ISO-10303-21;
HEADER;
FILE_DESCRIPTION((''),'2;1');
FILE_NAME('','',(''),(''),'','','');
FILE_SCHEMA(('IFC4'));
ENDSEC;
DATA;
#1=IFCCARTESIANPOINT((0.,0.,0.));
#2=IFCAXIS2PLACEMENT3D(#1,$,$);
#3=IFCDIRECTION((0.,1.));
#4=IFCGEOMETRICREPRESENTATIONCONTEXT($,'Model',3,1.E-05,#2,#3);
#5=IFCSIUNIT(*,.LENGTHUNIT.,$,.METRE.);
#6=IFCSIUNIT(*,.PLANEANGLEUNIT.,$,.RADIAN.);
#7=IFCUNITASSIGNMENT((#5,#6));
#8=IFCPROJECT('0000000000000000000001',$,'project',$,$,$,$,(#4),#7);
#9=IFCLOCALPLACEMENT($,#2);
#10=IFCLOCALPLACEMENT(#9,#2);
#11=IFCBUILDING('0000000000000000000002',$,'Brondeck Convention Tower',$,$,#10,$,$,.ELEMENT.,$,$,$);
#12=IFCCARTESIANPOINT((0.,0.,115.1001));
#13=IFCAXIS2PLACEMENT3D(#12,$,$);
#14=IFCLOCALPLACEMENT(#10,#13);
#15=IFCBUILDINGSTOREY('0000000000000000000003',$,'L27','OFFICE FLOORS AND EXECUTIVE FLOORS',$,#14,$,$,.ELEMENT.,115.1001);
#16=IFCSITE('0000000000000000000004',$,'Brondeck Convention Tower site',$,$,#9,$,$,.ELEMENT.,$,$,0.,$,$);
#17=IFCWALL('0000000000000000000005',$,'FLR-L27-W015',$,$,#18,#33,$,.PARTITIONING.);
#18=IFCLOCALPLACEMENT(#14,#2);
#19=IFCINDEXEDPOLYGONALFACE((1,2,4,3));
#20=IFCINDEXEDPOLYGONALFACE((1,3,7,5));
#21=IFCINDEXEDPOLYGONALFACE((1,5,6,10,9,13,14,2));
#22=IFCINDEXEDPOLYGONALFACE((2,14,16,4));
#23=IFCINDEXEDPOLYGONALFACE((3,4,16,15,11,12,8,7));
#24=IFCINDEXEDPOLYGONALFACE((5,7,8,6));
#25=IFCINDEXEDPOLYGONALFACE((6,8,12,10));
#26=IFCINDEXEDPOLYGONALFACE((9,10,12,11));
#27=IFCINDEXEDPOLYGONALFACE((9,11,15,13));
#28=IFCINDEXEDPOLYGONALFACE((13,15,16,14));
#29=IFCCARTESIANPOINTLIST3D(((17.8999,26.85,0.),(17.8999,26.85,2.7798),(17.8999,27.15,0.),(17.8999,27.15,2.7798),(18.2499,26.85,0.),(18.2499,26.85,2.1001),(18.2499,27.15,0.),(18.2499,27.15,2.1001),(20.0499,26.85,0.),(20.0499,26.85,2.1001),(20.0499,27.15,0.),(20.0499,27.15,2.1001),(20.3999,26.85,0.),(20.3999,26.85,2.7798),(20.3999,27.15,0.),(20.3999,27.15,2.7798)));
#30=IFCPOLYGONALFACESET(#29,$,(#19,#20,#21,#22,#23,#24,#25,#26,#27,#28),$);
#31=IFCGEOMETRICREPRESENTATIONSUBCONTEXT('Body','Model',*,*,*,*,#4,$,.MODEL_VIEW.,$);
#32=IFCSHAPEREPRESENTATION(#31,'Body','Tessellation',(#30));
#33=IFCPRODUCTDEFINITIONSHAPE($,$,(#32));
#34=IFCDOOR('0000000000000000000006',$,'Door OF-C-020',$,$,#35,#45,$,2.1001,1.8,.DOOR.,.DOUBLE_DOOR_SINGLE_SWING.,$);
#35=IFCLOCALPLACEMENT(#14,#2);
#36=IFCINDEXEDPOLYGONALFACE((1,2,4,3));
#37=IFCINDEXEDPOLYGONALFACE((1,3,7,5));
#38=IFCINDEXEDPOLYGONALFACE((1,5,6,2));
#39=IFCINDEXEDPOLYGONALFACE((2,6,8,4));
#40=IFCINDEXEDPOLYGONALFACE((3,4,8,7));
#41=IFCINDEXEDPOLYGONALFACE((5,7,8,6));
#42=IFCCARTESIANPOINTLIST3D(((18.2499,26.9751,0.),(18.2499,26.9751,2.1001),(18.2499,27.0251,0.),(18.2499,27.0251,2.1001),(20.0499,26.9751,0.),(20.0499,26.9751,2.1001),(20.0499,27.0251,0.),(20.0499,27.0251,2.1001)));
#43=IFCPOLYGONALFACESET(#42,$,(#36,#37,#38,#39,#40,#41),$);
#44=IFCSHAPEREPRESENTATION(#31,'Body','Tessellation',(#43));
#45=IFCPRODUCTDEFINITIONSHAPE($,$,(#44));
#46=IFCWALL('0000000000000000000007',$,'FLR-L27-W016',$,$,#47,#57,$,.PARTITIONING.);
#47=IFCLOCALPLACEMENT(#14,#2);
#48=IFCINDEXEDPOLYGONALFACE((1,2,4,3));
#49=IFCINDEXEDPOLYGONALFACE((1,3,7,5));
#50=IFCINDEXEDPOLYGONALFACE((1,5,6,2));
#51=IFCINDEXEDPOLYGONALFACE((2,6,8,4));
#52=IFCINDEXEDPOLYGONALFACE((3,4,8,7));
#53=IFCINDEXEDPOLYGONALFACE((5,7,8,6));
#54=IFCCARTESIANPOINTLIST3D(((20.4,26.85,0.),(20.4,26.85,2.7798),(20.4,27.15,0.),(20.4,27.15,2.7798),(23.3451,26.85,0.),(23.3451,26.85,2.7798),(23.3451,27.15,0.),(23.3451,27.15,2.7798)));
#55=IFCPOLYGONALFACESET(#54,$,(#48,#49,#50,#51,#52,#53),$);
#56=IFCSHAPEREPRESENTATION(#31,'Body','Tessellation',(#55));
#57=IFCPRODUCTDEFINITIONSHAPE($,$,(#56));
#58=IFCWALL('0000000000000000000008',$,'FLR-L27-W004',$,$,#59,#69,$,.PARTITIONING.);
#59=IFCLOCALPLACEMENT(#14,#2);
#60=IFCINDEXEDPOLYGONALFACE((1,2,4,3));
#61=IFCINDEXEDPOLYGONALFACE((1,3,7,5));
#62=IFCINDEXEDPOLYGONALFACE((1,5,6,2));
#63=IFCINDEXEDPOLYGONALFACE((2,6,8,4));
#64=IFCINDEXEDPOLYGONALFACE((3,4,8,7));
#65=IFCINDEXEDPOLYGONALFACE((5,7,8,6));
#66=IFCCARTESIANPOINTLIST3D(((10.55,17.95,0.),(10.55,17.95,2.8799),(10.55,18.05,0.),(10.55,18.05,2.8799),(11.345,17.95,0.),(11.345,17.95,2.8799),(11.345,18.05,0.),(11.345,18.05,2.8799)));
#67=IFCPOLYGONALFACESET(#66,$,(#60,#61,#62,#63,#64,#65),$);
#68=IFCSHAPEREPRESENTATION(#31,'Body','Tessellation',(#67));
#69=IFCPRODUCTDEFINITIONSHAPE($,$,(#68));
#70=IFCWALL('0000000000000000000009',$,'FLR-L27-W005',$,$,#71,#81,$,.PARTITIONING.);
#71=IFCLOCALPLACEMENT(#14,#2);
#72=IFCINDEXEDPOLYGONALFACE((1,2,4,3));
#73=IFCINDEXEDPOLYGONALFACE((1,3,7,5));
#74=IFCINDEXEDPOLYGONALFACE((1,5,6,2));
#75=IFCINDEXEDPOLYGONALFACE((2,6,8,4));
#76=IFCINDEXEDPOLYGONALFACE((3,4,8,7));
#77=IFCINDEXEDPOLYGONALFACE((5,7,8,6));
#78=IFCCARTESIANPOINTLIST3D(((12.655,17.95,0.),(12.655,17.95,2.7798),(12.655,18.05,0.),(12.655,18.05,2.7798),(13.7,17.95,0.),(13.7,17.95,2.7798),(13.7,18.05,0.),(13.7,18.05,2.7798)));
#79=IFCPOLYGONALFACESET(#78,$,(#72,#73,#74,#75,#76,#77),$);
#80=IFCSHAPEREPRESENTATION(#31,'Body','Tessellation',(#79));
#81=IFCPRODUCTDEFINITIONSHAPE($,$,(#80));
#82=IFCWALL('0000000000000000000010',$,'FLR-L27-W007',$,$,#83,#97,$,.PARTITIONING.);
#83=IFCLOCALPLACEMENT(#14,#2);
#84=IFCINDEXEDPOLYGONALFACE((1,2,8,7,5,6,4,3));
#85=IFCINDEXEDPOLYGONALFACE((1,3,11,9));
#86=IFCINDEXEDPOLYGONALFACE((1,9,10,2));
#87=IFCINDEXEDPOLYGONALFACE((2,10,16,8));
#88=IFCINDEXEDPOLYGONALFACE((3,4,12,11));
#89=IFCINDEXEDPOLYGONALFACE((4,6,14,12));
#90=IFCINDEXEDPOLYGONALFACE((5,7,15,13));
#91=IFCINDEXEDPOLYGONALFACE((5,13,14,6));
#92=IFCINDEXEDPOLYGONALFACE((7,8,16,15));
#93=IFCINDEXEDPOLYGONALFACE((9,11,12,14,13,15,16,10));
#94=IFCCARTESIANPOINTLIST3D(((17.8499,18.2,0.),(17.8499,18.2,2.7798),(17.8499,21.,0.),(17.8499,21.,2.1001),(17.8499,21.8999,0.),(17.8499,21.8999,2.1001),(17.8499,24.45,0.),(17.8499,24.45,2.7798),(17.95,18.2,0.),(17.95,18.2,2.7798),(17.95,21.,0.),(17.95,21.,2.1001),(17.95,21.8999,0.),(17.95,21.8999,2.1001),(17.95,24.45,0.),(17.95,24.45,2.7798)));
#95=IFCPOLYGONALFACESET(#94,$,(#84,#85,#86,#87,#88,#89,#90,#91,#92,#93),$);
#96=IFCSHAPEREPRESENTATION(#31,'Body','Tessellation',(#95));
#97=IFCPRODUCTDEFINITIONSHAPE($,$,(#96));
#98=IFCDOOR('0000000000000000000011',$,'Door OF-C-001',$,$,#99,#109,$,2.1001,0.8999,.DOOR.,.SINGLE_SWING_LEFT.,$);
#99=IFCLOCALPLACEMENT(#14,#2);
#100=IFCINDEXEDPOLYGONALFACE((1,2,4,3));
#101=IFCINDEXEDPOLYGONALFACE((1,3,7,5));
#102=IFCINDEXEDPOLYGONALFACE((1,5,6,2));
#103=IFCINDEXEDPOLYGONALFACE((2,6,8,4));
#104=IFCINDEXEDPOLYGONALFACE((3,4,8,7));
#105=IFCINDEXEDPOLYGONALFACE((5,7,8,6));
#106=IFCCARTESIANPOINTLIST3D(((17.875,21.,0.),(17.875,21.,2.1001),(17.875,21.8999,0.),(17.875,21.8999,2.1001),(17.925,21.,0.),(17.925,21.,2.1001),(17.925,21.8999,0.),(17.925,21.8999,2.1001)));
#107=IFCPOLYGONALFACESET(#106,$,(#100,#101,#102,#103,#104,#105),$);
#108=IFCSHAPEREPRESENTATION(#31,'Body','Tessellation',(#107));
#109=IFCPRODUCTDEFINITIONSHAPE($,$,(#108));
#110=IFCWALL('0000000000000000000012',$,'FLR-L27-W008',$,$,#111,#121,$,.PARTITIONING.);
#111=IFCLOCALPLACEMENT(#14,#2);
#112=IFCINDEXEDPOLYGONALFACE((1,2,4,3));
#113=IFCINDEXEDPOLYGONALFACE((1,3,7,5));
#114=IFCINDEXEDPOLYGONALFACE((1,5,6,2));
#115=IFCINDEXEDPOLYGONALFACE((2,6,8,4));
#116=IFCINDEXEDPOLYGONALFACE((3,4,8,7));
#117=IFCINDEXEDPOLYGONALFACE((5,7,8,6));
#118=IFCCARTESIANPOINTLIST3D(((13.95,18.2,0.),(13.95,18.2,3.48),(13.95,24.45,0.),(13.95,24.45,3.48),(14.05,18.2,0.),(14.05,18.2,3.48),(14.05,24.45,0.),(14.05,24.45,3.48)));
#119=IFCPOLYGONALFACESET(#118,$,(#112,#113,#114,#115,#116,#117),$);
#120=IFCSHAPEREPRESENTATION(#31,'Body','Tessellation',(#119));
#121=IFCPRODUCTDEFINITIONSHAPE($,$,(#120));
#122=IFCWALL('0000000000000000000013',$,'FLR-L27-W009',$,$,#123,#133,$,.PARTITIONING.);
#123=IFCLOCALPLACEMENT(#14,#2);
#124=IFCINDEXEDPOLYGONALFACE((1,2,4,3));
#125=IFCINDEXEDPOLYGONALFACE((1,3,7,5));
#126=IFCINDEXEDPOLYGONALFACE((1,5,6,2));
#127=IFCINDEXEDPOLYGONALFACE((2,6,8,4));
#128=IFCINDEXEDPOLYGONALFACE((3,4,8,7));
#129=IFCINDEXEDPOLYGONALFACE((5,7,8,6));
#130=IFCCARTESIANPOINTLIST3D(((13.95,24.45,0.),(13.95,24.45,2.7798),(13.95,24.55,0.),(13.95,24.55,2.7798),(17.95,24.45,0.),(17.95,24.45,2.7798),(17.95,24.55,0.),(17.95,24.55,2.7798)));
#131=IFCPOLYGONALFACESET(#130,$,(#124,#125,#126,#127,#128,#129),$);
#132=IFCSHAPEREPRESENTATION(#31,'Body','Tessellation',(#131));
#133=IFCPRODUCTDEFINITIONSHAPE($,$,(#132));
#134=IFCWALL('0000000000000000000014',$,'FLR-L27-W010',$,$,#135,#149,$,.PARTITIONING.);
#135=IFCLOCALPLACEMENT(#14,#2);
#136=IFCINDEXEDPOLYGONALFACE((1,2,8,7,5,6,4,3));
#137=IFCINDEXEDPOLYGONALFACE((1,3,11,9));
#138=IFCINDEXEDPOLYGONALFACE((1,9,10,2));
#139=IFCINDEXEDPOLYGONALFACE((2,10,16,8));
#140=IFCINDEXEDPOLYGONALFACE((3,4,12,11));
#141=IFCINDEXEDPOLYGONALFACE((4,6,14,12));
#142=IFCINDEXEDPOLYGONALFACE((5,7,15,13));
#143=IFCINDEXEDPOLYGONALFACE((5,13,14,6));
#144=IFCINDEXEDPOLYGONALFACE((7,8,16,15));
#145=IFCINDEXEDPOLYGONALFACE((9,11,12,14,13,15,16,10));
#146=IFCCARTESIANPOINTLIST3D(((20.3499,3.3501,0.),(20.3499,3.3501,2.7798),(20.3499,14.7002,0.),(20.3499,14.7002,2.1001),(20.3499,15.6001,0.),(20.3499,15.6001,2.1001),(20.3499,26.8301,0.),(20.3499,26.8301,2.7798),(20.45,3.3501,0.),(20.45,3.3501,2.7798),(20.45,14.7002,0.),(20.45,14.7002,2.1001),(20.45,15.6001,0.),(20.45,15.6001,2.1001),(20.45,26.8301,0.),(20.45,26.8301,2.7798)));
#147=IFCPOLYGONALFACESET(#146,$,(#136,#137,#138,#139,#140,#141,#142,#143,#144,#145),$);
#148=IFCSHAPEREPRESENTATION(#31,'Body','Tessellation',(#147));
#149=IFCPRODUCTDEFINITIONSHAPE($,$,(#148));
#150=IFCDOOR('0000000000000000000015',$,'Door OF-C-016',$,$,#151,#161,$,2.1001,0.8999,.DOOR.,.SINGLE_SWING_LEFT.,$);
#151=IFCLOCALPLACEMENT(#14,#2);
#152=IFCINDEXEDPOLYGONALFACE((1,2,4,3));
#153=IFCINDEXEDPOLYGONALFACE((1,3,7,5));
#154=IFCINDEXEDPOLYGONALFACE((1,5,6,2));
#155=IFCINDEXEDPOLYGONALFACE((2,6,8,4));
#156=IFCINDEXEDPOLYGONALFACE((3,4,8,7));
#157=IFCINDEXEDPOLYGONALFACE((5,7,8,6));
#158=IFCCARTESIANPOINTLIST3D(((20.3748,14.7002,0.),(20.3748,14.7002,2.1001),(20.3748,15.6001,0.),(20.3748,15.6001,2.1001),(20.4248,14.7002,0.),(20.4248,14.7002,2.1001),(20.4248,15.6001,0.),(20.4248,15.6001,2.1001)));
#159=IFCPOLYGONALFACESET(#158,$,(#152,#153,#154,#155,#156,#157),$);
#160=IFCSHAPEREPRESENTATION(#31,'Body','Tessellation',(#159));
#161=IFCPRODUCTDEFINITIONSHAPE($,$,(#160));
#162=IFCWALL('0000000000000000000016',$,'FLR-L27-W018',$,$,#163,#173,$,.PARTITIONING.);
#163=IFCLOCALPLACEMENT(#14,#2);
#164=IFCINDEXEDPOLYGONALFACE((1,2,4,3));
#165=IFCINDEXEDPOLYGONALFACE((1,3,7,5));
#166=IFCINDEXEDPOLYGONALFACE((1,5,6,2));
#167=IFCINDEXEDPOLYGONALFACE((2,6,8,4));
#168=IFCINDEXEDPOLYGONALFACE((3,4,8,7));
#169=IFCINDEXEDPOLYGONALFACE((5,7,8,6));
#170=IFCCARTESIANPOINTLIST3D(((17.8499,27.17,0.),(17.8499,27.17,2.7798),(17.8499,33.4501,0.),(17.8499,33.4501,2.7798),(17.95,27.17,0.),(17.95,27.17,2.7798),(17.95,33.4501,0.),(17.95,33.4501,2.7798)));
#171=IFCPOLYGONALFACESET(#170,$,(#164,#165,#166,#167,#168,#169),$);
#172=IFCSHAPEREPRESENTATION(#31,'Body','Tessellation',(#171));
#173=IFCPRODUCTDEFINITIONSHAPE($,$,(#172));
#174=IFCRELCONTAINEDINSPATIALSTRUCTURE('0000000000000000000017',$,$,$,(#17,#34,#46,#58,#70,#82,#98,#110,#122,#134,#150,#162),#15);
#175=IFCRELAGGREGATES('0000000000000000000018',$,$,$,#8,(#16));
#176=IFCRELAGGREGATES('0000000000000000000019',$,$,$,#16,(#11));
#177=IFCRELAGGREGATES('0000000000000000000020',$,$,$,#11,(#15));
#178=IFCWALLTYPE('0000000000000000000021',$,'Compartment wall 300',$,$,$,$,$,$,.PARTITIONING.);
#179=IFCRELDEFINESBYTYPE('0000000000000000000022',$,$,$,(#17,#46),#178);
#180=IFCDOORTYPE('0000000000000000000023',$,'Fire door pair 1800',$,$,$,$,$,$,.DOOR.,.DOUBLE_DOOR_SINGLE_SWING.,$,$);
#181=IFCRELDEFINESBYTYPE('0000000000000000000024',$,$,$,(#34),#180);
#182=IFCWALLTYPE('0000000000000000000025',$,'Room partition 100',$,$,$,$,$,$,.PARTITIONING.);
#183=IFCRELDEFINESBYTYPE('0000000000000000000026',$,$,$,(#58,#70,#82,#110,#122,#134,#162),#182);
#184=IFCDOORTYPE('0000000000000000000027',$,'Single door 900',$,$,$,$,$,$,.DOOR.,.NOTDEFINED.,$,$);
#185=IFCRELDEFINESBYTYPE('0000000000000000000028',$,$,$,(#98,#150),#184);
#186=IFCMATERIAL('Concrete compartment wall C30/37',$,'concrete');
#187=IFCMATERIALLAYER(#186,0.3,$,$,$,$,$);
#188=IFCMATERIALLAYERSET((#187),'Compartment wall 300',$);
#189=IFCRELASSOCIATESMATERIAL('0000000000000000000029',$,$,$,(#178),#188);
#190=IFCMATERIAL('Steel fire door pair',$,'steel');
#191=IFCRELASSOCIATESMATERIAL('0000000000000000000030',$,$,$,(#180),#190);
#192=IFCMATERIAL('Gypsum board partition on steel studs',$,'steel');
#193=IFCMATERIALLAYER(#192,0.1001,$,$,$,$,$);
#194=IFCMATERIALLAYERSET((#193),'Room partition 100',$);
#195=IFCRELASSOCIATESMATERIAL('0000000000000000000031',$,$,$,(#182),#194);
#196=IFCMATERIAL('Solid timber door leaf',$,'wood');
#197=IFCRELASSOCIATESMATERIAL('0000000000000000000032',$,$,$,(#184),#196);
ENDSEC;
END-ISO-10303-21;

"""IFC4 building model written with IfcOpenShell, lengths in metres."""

from ifc_helpers import new_model, si_unit, direction, frame, frame_2d, origin, place, context, subcontext, project, spatial, rectangle, extrude, material, layer, layer_set, type_object, element, fill, save


model = new_model("IFC4")

# Units and contexts
model_context = context("Model", 3, precision=1e-05, world=origin(), true_north=direction((0.0, 1.0)))
body_context = subcontext(model_context, "Body", "Model", "MODEL_VIEW")
ifc_project = project(units=[si_unit("LENGTHUNIT", "METRE"), si_unit("PLANEANGLEUNIT", "RADIAN")], contexts=[model_context])

# Site, building, storey
site_placement = place(None, origin())
site = spatial("IfcSite", under=ifc_project, at=site_placement, Name="Brondeck Convention Tower site", CompositionType="ELEMENT", RefElevation=0.0)
building_placement = place(site_placement, origin())
building = spatial("IfcBuilding", under=site, at=building_placement, Name="Brondeck Convention Tower", CompositionType="ELEMENT")
storey_placement = place(building_placement, frame((0.0, 0.0, 115.1001)))
storey = spatial("IfcBuildingStorey", under=building, at=storey_placement, Name="L27", Description="OFFICE FLOORS AND EXECUTIVE FLOORS", CompositionType="ELEMENT", Elevation=115.1001)

# Shared definitions
ifc_material_1 = material(Name="Concrete compartment wall C30/37", Category="concrete")
ifc_layer_1 = layer(ifc_material_1, 0.3)
ifc_layer_set_1 = layer_set([ifc_layer_1], Name="Compartment wall 300")
wall_type_1 = type_object("IfcWallType", Name="Compartment wall 300", PredefinedType="PARTITIONING", material=ifc_layer_set_1)

# Wall, opening, door
wall_1_placement = place(storey_placement, frame((20.3999, 27.0, 0.0), z_axis=(0.0, 0.0, 1.0), x_axis=(-1.0, 0.0, 0.0)))
wall_1 = element("IfcWall", 1, at=wall_1_placement, inside=storey, type_object=wall_type_1, Name="FLR-L27-W015", PredefinedType="PARTITIONING", context=body_context, shape_type="SweptSolid", body=[
    extrude(rectangle(XDim=2.5, YDim=0.3, at=frame_2d((1.25, 0.0))), origin(), (0.0, 0.0, 1.0), 2.7798),
])
opening_1_placement = place(wall_1_placement, frame((0.3501, 0.0, 0.0)))
opening_1 = element("IfcOpeningElement", 2, at=opening_1_placement, cuts=wall_1, PredefinedType="OPENING", context=body_context, shape_type="SweptSolid", body=[
    extrude(rectangle(XDim=1.8, YDim=2.1001, at=frame_2d((0.8999, 1.05))), frame((0.0, 0.1599, 0.0), z_axis=(0.0, -1.0, 0.0), x_axis=(1.0, 0.0, 0.0)), (0.0, 0.0, 1.0), 0.3201),
])
ifc_material_2 = material(Name="Steel fire door pair", Category="steel")
door_type_1 = type_object("IfcDoorType", Name="Fire door pair 1800", OperationType="DOUBLE_DOOR_SINGLE_SWING", PredefinedType="DOOR", material=ifc_material_2)
door_1_placement = place(opening_1_placement, origin())
door_1 = element("IfcDoor", 3, at=door_1_placement, inside=storey, type_object=door_type_1, Name="Door OF-C-020", OperationType="DOUBLE_DOOR_SINGLE_SWING", OverallHeight=2.1001, OverallWidth=1.8, PredefinedType="DOOR", context=body_context, shape_type="SweptSolid", body=[
    extrude(rectangle(XDim=1.8, YDim=2.1001, at=frame_2d((0.8999, 1.05))), frame((0.0, 0.0249, 0.0), z_axis=(0.0, -1.0, 0.0), x_axis=(1.0, 0.0, 0.0)), (0.0, 0.0, 1.0), 0.05),
])
fill(opening_1, door_1)

# Walls
wall_2_placement = place(storey_placement, frame((20.3999, 27.0, 0.0), z_axis=(0.0, 0.0, 1.0), x_axis=(1.0, 0.0, 0.0)))
element("IfcWall", 4, at=wall_2_placement, inside=storey, type_object=wall_type_1, Name="FLR-L27-W016", PredefinedType="PARTITIONING", context=body_context, shape_type="SweptSolid", body=[
    extrude(rectangle(XDim=2.9451, YDim=0.3, at=frame_2d((1.4727, 0.0))), origin(), (0.0, 0.0, 1.0), 2.7798),
])
ifc_material_3 = material(Name="Gypsum board partition on steel studs", Category="steel")
ifc_layer_2 = layer(ifc_material_3, 0.1001)
ifc_layer_set_2 = layer_set([ifc_layer_2], Name="Room partition 100")
wall_type_2 = type_object("IfcWallType", Name="Room partition 100", PredefinedType="PARTITIONING", material=ifc_layer_set_2)
wall_3_placement = place(storey_placement, frame((11.345, 18.0, 0.0), z_axis=(0.0, 0.0, 1.0), x_axis=(-1.0, 0.0, 0.0)))
element("IfcWall", 5, at=wall_3_placement, inside=storey, type_object=wall_type_2, Name="FLR-L27-W004", PredefinedType="PARTITIONING", context=body_context, shape_type="SweptSolid", body=[
    extrude(rectangle(XDim=0.7949, YDim=0.1001, at=frame_2d((0.3975, 0.0))), origin(), (0.0, 0.0, 1.0), 2.8799),
])
wall_4_placement = place(storey_placement, frame((13.7, 18.0, 0.0), z_axis=(0.0, 0.0, 1.0), x_axis=(-1.0, 0.0, 0.0)))
element("IfcWall", 6, at=wall_4_placement, inside=storey, type_object=wall_type_2, Name="FLR-L27-W005", PredefinedType="PARTITIONING", context=body_context, shape_type="SweptSolid", body=[
    extrude(rectangle(XDim=1.0449, YDim=0.1001, at=frame_2d((0.5225, 0.0))), origin(), (0.0, 0.0, 1.0), 2.7798),
])

# Wall, opening, door
wall_5_placement = place(storey_placement, frame((17.8999, 18.2, 0.0), z_axis=(0.0, 0.0, 1.0), x_axis=(0.0, 1.0, 0.0)))
wall_5 = element("IfcWall", 7, at=wall_5_placement, inside=storey, type_object=wall_type_2, Name="FLR-L27-W007", PredefinedType="PARTITIONING", context=body_context, shape_type="SweptSolid", body=[
    extrude(rectangle(XDim=6.25, YDim=0.1001, at=frame_2d((3.125, 0.0))), origin(), (0.0, 0.0, 1.0), 2.7798),
])
opening_2_placement = place(wall_5_placement, frame((2.8, 0.0, 0.0)))
opening_2 = element("IfcOpeningElement", 8, at=opening_2_placement, cuts=wall_5, PredefinedType="OPENING", context=body_context, shape_type="SweptSolid", body=[
    extrude(rectangle(XDim=0.8999, YDim=2.1001, at=frame_2d((0.45, 1.05))), frame((0.0, 0.0601, 0.0), z_axis=(0.0, -1.0, 0.0), x_axis=(1.0, 0.0, 0.0)), (0.0, 0.0, 1.0), 0.1201),
])
ifc_material_4 = material(Name="Solid timber door leaf", Category="wood")
door_type_2 = type_object("IfcDoorType", Name="Single door 900", OperationType="NOTDEFINED", PredefinedType="DOOR", material=ifc_material_4)
door_2_placement = place(opening_2_placement, origin())
door_2 = element("IfcDoor", 9, at=door_2_placement, inside=storey, type_object=door_type_2, Name="Door OF-C-001", OperationType="SINGLE_SWING_LEFT", OverallHeight=2.1001, OverallWidth=0.8999, PredefinedType="DOOR", context=body_context, shape_type="SweptSolid", body=[
    extrude(rectangle(XDim=0.8999, YDim=2.1001, at=frame_2d((0.45, 1.05))), frame((0.0, 0.0249, 0.0), z_axis=(0.0, -1.0, 0.0), x_axis=(1.0, 0.0, 0.0)), (0.0, 0.0, 1.0), 0.05),
])
fill(opening_2, door_2)

# Walls
wall_6_placement = place(storey_placement, frame((14.0, 24.45, 0.0), z_axis=(0.0, 0.0, 1.0), x_axis=(0.0, -1.0, 0.0)))
element("IfcWall", 10, at=wall_6_placement, inside=storey, type_object=wall_type_2, Name="FLR-L27-W008", PredefinedType="PARTITIONING", context=body_context, shape_type="SweptSolid", body=[
    extrude(rectangle(XDim=6.25, YDim=0.1001, at=frame_2d((3.125, 0.0))), origin(), (0.0, 0.0, 1.0), 3.48),
])
wall_7_placement = place(storey_placement, frame((17.95, 24.5, 0.0), z_axis=(0.0, 0.0, 1.0), x_axis=(-1.0, 0.0, 0.0)))
element("IfcWall", 11, at=wall_7_placement, inside=storey, type_object=wall_type_2, Name="FLR-L27-W009", PredefinedType="PARTITIONING", context=body_context, shape_type="SweptSolid", body=[
    extrude(rectangle(XDim=4.0, YDim=0.1001, at=frame_2d((2.0, 0.0))), origin(), (0.0, 0.0, 1.0), 2.7798),
])

# Wall, opening, door
wall_8_placement = place(storey_placement, frame((20.3999, 26.8301, 0.0), z_axis=(0.0, 0.0, 1.0), x_axis=(0.0, -1.0, 0.0)))
wall_8 = element("IfcWall", 12, at=wall_8_placement, inside=storey, type_object=wall_type_2, Name="FLR-L27-W010", PredefinedType="PARTITIONING", context=body_context, shape_type="SweptSolid", body=[
    extrude(rectangle(XDim=23.48, YDim=0.1001, at=frame_2d((11.74, 0.0))), origin(), (0.0, 0.0, 1.0), 2.7798),
])
opening_3_placement = place(wall_8_placement, frame((11.23, 0.0, 0.0)))
opening_3 = element("IfcOpeningElement", 13, at=opening_3_placement, cuts=wall_8, PredefinedType="OPENING", context=body_context, shape_type="SweptSolid", body=[
    extrude(rectangle(XDim=0.8999, YDim=2.1001, at=frame_2d((0.45, 1.05))), frame((0.0, 0.0601, 0.0), z_axis=(0.0, -1.0, 0.0), x_axis=(1.0, 0.0, 0.0)), (0.0, 0.0, 1.0), 0.1201),
])
door_3_placement = place(opening_3_placement, origin())
door_3 = element("IfcDoor", 14, at=door_3_placement, inside=storey, type_object=door_type_2, Name="Door OF-C-016", OperationType="SINGLE_SWING_LEFT", OverallHeight=2.1001, OverallWidth=0.8999, PredefinedType="DOOR", context=body_context, shape_type="SweptSolid", body=[
    extrude(rectangle(XDim=0.8999, YDim=2.1001, at=frame_2d((0.45, 1.05))), frame((0.0, 0.0249, 0.0), z_axis=(0.0, -1.0, 0.0), x_axis=(1.0, 0.0, 0.0)), (0.0, 0.0, 1.0), 0.05),
])
fill(opening_3, door_3)

# Wall
for number, where, z_axis, x_axis, name in (
    (15, (17.8999, 27.1699, 0.0), (0.0, 0.0, 1.0), (0.0, 1.0, 0.0), "FLR-L27-W018"),
):
    element("IfcWall", number, at=place(storey_placement, frame(where, z_axis=z_axis, x_axis=x_axis)), inside=storey, type_object=wall_type_2, Name=name, PredefinedType="PARTITIONING", context=body_context, shape_type="SweptSolid", body=[
        extrude(rectangle(XDim=6.28, YDim=0.1001, at=frame_2d((3.1401, 0.0))), origin(), (0.0, 0.0, 1.0), 2.7798),
    ])

save(model, "model.ifc")
